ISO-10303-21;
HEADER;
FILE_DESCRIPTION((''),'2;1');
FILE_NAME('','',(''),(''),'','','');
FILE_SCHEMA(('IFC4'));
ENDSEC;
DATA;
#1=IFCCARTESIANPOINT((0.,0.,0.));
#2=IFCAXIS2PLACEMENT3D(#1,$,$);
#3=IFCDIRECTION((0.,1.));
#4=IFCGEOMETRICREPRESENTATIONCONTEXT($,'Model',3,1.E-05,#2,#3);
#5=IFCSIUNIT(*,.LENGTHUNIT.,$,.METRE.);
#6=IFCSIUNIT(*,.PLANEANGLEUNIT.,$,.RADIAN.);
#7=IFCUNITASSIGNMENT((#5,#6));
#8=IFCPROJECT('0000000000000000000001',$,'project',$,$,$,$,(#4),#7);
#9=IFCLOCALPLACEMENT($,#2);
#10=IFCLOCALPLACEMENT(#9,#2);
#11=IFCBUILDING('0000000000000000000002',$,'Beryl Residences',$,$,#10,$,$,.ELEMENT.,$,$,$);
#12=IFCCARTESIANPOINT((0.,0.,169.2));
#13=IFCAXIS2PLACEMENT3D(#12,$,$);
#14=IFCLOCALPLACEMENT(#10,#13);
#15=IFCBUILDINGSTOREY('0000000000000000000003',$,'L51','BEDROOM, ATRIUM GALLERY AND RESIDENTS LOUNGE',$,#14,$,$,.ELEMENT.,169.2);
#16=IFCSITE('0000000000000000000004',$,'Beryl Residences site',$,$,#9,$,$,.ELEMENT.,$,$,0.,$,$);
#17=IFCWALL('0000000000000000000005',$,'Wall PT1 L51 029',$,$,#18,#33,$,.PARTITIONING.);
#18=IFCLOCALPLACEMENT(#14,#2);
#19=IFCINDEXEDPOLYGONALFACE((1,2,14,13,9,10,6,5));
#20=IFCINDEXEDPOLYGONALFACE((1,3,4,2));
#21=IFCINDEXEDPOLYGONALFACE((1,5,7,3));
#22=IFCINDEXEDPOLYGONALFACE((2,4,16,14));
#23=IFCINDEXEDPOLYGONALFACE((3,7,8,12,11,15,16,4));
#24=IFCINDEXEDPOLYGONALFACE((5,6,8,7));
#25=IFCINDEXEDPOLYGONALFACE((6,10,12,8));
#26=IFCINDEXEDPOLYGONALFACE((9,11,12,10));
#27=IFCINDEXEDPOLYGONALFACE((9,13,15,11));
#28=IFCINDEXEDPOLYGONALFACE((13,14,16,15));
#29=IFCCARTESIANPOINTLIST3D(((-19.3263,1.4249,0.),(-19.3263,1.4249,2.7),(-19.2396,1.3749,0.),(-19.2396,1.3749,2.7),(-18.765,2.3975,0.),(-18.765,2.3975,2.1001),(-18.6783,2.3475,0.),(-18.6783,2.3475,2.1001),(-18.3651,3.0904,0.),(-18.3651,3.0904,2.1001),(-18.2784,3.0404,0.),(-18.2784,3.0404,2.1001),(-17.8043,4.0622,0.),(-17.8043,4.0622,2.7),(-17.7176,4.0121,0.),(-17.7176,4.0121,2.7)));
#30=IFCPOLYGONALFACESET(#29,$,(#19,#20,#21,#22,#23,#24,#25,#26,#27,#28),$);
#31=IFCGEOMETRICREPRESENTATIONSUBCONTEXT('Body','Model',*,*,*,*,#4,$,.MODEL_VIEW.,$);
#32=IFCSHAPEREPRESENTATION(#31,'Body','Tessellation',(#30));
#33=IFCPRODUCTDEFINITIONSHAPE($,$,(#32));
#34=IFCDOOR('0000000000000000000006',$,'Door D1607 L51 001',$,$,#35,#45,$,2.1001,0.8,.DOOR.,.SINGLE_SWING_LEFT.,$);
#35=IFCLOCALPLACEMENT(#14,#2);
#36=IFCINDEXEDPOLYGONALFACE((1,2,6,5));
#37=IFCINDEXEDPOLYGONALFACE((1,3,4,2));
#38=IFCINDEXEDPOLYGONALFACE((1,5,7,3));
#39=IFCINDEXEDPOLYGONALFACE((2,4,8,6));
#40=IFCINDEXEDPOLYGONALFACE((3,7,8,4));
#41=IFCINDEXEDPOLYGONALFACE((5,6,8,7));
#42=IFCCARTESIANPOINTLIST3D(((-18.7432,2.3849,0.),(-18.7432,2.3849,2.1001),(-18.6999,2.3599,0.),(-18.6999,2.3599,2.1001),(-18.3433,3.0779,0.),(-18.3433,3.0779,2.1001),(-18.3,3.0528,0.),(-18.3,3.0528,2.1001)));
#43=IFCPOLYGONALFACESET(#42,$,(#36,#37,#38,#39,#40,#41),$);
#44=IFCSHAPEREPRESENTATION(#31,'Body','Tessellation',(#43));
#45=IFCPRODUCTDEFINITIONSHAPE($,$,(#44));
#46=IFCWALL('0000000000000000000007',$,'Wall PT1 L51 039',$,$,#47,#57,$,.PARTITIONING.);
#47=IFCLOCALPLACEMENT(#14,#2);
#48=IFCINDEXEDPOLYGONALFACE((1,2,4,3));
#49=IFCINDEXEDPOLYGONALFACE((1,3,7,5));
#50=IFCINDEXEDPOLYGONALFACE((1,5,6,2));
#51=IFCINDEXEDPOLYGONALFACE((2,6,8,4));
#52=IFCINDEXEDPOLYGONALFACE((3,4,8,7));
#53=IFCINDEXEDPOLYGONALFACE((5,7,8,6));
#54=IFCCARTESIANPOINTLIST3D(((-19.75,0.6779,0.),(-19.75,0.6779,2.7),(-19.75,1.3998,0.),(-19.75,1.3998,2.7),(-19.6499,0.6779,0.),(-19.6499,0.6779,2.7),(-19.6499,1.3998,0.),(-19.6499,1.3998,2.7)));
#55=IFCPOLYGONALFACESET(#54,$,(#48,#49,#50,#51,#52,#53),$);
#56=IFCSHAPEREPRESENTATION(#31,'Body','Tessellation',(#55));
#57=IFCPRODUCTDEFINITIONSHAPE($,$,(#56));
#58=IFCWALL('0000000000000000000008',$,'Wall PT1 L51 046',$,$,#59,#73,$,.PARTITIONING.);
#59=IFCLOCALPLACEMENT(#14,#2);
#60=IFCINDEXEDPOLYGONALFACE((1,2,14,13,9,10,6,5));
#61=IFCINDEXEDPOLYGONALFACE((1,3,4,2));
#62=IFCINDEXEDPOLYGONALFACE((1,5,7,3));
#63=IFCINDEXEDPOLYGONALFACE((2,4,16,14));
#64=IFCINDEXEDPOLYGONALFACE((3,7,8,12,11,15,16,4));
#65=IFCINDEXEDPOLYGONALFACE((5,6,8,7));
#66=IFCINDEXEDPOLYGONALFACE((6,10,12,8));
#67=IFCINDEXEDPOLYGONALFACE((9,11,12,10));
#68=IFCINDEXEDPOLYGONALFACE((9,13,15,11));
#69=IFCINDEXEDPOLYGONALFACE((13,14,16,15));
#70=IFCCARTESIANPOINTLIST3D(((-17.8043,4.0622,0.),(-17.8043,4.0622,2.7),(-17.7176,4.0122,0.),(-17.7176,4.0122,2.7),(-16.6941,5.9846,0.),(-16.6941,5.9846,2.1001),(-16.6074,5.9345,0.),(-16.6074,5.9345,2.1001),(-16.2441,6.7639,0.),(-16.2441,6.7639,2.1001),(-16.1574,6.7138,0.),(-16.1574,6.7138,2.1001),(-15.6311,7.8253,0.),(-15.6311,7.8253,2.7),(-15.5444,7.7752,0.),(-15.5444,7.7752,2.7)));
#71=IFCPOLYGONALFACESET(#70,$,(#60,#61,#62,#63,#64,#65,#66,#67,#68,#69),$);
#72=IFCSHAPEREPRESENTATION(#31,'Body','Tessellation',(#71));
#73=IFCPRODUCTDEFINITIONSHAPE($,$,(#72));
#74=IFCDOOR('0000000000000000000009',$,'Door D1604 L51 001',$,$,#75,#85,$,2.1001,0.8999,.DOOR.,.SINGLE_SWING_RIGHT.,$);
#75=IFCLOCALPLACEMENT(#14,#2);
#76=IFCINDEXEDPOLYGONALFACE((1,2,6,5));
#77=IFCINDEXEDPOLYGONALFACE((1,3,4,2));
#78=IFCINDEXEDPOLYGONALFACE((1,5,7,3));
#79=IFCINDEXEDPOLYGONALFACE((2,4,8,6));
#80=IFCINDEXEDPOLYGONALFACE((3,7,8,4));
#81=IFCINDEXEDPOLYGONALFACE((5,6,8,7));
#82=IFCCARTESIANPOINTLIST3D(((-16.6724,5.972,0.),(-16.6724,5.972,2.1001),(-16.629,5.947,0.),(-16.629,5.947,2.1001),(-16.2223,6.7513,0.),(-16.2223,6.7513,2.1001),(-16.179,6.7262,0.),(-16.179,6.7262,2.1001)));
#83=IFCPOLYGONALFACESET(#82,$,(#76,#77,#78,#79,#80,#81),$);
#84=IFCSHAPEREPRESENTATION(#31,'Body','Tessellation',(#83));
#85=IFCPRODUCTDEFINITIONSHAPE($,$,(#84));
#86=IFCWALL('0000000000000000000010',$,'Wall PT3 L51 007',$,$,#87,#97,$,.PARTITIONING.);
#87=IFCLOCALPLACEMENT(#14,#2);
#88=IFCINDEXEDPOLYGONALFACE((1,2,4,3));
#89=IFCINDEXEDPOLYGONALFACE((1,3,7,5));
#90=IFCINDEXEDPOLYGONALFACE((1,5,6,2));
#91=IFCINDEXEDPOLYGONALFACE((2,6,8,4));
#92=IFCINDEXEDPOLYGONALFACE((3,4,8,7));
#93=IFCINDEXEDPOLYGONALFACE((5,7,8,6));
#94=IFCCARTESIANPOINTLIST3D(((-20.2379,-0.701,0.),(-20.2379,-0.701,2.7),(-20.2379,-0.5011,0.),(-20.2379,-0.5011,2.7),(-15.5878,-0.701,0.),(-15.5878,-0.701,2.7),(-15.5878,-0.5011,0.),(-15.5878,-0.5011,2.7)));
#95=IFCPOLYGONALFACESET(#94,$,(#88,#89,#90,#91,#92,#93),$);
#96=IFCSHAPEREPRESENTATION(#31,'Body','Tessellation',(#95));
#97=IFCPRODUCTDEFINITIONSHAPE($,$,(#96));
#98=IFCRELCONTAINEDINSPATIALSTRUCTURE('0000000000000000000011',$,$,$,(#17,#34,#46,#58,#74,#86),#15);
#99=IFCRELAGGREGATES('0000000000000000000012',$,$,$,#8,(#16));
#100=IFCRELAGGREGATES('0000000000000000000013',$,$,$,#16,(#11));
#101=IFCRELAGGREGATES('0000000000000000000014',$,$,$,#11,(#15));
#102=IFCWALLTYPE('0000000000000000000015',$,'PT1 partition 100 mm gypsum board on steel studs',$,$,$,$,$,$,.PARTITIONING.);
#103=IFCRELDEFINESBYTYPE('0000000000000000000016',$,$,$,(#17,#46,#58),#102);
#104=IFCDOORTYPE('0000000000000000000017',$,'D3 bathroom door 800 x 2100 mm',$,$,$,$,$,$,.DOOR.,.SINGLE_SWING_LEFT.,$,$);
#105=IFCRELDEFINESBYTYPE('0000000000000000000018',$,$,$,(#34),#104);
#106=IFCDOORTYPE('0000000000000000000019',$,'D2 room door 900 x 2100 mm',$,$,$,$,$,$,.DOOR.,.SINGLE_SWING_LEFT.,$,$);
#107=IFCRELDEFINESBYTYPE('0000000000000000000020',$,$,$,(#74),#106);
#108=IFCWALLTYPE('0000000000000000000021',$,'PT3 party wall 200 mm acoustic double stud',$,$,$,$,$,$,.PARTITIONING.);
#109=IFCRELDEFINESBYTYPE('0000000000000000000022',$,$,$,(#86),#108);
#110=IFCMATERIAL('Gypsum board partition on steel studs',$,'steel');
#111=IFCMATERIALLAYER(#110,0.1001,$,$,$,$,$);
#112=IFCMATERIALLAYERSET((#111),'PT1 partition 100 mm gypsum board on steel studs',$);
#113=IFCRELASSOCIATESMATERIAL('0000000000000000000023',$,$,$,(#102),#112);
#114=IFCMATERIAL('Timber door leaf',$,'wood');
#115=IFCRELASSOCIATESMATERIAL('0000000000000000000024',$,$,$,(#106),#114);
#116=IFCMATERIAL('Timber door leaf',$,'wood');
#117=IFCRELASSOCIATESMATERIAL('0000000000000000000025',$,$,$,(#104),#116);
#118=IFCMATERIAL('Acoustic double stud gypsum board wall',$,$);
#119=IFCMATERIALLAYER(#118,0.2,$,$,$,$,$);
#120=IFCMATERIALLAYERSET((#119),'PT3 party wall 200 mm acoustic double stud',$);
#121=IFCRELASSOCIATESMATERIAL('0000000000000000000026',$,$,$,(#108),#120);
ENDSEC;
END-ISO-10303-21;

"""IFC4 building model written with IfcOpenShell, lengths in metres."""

from ifc_helpers import new_model, si_unit, direction, frame, frame_2d, origin, place, context, subcontext, project, spatial, rectangle, extrude, material, layer, layer_set, type_object, element, fill, save


model = new_model("IFC4")

# Units and contexts
model_context = context("Model", 3, precision=1e-05, world=origin(), true_north=direction((0.0, 1.0)))
body_context = subcontext(model_context, "Body", "Model", "MODEL_VIEW")
ifc_project = project(units=[si_unit("LENGTHUNIT", "METRE"), si_unit("PLANEANGLEUNIT", "RADIAN")], contexts=[model_context])

# Site, building, storey
site_placement = place(None, origin())
site = spatial("IfcSite", under=ifc_project, at=site_placement, Name="Beryl Residences site", CompositionType="ELEMENT", RefElevation=0.0)
building_placement = place(site_placement, origin())
building = spatial("IfcBuilding", under=site, at=building_placement, Name="Beryl Residences", CompositionType="ELEMENT")
storey_placement = place(building_placement, frame((0.0, 0.0, 169.2)))
storey = spatial("IfcBuildingStorey", under=building, at=storey_placement, Name="L51", Description="BEDROOM, ATRIUM GALLERY AND RESIDENTS LOUNGE", CompositionType="ELEMENT", Elevation=169.2)

# Shared definitions
ifc_material_1 = material(Name="Gypsum board partition on steel studs", Category="steel")
ifc_layer_1 = layer(ifc_material_1, 0.1001)
ifc_layer_set_1 = layer_set([ifc_layer_1], Name="PT1 partition 100 mm gypsum board on steel studs")
wall_type_1 = type_object("IfcWallType", Name="PT1 partition 100 mm gypsum board on steel studs", PredefinedType="PARTITIONING", material=ifc_layer_set_1)
ifc_material_2 = material(Name="Timber door leaf", Category="wood")
door_type_1 = type_object("IfcDoorType", Name="D2 room door 900 x 2100 mm", OperationType="SINGLE_SWING_LEFT", PredefinedType="DOOR", material=ifc_material_2)

# Wall, opening, door
wall_1_placement = place(storey_placement, frame((-19.283, 1.3999, 0.0), z_axis=(0.0, 0.0, 1.0), x_axis=(0.499847, 0.866113, 0.0)))
wall_1 = element("IfcWall", 1, at=wall_1_placement, inside=storey, type_object=wall_type_1, Name="Wall PT1 L51 029", PredefinedType="PARTITIONING", context=body_context, shape_type="SweptSolid", body=[
    extrude(rectangle(XDim=3.0449, YDim=0.1001, at=frame_2d((1.5225, 0.0))), origin(), (0.0, 0.0, 1.0), 2.7),
])
opening_1_placement = place(wall_1_placement, frame((1.123, 0.0, 0.0)))
opening_1 = element("IfcOpeningElement", 2, at=opening_1_placement, cuts=wall_1, PredefinedType="OPENING", context=body_context, shape_type="SweptSolid", body=[
    extrude(rectangle(XDim=0.8, YDim=2.1001, at=frame_2d((0.3999, 1.05))), frame((0.0, 0.0601, 0.0), z_axis=(0.0, -1.0, 0.0), x_axis=(1.0, 0.0, 0.0)), (0.0, 0.0, 1.0), 0.1201),
])
ifc_material_3 = material(Name="Timber door leaf", Category="wood")
door_type_2 = type_object("IfcDoorType", Name="D3 bathroom door 800 x 2100 mm", OperationType="SINGLE_SWING_LEFT", PredefinedType="DOOR", material=ifc_material_3)
door_1_placement = place(opening_1_placement, origin())
door_1 = element("IfcDoor", 3, at=door_1_placement, inside=storey, type_object=door_type_2, Name="Door D1607 L51 001", OperationType="SINGLE_SWING_LEFT", OverallHeight=2.1001, OverallWidth=0.8, PredefinedType="DOOR", context=body_context, shape_type="SweptSolid", body=[
    extrude(rectangle(XDim=0.8, YDim=2.1001, at=frame_2d((0.3999, 1.05))), frame((0.0, 0.0249, 0.0), z_axis=(0.0, -1.0, 0.0), x_axis=(1.0, 0.0, 0.0)), (0.0, 0.0, 1.0), 0.05),
])
fill(opening_1, door_1)

# Wall
wall_2_placement = place(storey_placement, frame((-19.7, 0.678, 0.0), z_axis=(0.0, 0.0, 1.0), x_axis=(0.0, 1.0, 0.0)))
element("IfcWall", 4, at=wall_2_placement, inside=storey, type_object=wall_type_1, Name="Wall PT1 L51 039", PredefinedType="PARTITIONING", context=body_context, shape_type="SweptSolid", body=[
    extrude(rectangle(XDim=0.7219, YDim=0.1001, at=frame_2d((0.3608, 0.0))), origin(), (0.0, 0.0, 1.0), 2.7),
])

# Wall, opening, door
wall_3_placement = place(storey_placement, frame((-17.761, 4.0371, 0.0), z_axis=(0.0, 0.0, 1.0), x_axis=(0.500097, 0.865969, 0.0)))
wall_3 = element("IfcWall", 5, at=wall_3_placement, inside=storey, type_object=wall_type_1, Name="Wall PT1 L51 046", PredefinedType="PARTITIONING", context=body_context, shape_type="SweptSolid", body=[
    extrude(rectangle(XDim=4.3455, YDim=0.1001, at=frame_2d((2.1729, 0.0))), origin(), (0.0, 0.0, 1.0), 2.7),
])
opening_2_placement = place(wall_3_placement, frame((2.22, 0.0, 0.0)))
opening_2 = element("IfcOpeningElement", 6, at=opening_2_placement, cuts=wall_3, PredefinedType="OPENING", context=body_context, shape_type="SweptSolid", body=[
    extrude(rectangle(XDim=0.8999, YDim=2.1001, at=frame_2d((0.45, 1.05))), frame((0.0, 0.0601, 0.0), z_axis=(0.0, -1.0, 0.0), x_axis=(1.0, 0.0, 0.0)), (0.0, 0.0, 1.0), 0.1201),
])
door_2_placement = place(opening_2_placement, origin())
door_2 = element("IfcDoor", 7, at=door_2_placement, inside=storey, type_object=door_type_1, Name="Door D1604 L51 001", OperationType="SINGLE_SWING_RIGHT", OverallHeight=2.1001, OverallWidth=0.8999, PredefinedType="DOOR", context=body_context, shape_type="SweptSolid", body=[
    extrude(rectangle(XDim=0.8999, YDim=2.1001, at=frame_2d((0.45, 1.05))), frame((0.0, 0.0249, 0.0), z_axis=(0.0, -1.0, 0.0), x_axis=(1.0, 0.0, 0.0)), (0.0, 0.0, 1.0), 0.05),
])
fill(opening_2, door_2)

# Wall
ifc_material_4 = material(Name="Acoustic double stud gypsum board wall")
ifc_layer_2 = layer(ifc_material_4, 0.2)
ifc_layer_set_2 = layer_set([ifc_layer_2], Name="PT3 party wall 200 mm acoustic double stud")
wall_type_2 = type_object("IfcWallType", Name="PT3 party wall 200 mm acoustic double stud", PredefinedType="PARTITIONING", material=ifc_layer_set_2)
wall_4_placement = place(storey_placement, frame((-20.238, -0.6011, 0.0), z_axis=(0.0, 0.0, 1.0), x_axis=(1.0, 0.0, 0.0)))
element("IfcWall", 8, at=wall_4_placement, inside=storey, type_object=wall_type_2, Name="Wall PT3 L51 007", PredefinedType="PARTITIONING", context=body_context, shape_type="SweptSolid", body=[
    extrude(rectangle(XDim=4.6501, YDim=0.2, at=frame_2d((2.3252, 0.0))), origin(), (0.0, 0.0, 1.0), 2.7),
])

save(model, "model.ifc")
